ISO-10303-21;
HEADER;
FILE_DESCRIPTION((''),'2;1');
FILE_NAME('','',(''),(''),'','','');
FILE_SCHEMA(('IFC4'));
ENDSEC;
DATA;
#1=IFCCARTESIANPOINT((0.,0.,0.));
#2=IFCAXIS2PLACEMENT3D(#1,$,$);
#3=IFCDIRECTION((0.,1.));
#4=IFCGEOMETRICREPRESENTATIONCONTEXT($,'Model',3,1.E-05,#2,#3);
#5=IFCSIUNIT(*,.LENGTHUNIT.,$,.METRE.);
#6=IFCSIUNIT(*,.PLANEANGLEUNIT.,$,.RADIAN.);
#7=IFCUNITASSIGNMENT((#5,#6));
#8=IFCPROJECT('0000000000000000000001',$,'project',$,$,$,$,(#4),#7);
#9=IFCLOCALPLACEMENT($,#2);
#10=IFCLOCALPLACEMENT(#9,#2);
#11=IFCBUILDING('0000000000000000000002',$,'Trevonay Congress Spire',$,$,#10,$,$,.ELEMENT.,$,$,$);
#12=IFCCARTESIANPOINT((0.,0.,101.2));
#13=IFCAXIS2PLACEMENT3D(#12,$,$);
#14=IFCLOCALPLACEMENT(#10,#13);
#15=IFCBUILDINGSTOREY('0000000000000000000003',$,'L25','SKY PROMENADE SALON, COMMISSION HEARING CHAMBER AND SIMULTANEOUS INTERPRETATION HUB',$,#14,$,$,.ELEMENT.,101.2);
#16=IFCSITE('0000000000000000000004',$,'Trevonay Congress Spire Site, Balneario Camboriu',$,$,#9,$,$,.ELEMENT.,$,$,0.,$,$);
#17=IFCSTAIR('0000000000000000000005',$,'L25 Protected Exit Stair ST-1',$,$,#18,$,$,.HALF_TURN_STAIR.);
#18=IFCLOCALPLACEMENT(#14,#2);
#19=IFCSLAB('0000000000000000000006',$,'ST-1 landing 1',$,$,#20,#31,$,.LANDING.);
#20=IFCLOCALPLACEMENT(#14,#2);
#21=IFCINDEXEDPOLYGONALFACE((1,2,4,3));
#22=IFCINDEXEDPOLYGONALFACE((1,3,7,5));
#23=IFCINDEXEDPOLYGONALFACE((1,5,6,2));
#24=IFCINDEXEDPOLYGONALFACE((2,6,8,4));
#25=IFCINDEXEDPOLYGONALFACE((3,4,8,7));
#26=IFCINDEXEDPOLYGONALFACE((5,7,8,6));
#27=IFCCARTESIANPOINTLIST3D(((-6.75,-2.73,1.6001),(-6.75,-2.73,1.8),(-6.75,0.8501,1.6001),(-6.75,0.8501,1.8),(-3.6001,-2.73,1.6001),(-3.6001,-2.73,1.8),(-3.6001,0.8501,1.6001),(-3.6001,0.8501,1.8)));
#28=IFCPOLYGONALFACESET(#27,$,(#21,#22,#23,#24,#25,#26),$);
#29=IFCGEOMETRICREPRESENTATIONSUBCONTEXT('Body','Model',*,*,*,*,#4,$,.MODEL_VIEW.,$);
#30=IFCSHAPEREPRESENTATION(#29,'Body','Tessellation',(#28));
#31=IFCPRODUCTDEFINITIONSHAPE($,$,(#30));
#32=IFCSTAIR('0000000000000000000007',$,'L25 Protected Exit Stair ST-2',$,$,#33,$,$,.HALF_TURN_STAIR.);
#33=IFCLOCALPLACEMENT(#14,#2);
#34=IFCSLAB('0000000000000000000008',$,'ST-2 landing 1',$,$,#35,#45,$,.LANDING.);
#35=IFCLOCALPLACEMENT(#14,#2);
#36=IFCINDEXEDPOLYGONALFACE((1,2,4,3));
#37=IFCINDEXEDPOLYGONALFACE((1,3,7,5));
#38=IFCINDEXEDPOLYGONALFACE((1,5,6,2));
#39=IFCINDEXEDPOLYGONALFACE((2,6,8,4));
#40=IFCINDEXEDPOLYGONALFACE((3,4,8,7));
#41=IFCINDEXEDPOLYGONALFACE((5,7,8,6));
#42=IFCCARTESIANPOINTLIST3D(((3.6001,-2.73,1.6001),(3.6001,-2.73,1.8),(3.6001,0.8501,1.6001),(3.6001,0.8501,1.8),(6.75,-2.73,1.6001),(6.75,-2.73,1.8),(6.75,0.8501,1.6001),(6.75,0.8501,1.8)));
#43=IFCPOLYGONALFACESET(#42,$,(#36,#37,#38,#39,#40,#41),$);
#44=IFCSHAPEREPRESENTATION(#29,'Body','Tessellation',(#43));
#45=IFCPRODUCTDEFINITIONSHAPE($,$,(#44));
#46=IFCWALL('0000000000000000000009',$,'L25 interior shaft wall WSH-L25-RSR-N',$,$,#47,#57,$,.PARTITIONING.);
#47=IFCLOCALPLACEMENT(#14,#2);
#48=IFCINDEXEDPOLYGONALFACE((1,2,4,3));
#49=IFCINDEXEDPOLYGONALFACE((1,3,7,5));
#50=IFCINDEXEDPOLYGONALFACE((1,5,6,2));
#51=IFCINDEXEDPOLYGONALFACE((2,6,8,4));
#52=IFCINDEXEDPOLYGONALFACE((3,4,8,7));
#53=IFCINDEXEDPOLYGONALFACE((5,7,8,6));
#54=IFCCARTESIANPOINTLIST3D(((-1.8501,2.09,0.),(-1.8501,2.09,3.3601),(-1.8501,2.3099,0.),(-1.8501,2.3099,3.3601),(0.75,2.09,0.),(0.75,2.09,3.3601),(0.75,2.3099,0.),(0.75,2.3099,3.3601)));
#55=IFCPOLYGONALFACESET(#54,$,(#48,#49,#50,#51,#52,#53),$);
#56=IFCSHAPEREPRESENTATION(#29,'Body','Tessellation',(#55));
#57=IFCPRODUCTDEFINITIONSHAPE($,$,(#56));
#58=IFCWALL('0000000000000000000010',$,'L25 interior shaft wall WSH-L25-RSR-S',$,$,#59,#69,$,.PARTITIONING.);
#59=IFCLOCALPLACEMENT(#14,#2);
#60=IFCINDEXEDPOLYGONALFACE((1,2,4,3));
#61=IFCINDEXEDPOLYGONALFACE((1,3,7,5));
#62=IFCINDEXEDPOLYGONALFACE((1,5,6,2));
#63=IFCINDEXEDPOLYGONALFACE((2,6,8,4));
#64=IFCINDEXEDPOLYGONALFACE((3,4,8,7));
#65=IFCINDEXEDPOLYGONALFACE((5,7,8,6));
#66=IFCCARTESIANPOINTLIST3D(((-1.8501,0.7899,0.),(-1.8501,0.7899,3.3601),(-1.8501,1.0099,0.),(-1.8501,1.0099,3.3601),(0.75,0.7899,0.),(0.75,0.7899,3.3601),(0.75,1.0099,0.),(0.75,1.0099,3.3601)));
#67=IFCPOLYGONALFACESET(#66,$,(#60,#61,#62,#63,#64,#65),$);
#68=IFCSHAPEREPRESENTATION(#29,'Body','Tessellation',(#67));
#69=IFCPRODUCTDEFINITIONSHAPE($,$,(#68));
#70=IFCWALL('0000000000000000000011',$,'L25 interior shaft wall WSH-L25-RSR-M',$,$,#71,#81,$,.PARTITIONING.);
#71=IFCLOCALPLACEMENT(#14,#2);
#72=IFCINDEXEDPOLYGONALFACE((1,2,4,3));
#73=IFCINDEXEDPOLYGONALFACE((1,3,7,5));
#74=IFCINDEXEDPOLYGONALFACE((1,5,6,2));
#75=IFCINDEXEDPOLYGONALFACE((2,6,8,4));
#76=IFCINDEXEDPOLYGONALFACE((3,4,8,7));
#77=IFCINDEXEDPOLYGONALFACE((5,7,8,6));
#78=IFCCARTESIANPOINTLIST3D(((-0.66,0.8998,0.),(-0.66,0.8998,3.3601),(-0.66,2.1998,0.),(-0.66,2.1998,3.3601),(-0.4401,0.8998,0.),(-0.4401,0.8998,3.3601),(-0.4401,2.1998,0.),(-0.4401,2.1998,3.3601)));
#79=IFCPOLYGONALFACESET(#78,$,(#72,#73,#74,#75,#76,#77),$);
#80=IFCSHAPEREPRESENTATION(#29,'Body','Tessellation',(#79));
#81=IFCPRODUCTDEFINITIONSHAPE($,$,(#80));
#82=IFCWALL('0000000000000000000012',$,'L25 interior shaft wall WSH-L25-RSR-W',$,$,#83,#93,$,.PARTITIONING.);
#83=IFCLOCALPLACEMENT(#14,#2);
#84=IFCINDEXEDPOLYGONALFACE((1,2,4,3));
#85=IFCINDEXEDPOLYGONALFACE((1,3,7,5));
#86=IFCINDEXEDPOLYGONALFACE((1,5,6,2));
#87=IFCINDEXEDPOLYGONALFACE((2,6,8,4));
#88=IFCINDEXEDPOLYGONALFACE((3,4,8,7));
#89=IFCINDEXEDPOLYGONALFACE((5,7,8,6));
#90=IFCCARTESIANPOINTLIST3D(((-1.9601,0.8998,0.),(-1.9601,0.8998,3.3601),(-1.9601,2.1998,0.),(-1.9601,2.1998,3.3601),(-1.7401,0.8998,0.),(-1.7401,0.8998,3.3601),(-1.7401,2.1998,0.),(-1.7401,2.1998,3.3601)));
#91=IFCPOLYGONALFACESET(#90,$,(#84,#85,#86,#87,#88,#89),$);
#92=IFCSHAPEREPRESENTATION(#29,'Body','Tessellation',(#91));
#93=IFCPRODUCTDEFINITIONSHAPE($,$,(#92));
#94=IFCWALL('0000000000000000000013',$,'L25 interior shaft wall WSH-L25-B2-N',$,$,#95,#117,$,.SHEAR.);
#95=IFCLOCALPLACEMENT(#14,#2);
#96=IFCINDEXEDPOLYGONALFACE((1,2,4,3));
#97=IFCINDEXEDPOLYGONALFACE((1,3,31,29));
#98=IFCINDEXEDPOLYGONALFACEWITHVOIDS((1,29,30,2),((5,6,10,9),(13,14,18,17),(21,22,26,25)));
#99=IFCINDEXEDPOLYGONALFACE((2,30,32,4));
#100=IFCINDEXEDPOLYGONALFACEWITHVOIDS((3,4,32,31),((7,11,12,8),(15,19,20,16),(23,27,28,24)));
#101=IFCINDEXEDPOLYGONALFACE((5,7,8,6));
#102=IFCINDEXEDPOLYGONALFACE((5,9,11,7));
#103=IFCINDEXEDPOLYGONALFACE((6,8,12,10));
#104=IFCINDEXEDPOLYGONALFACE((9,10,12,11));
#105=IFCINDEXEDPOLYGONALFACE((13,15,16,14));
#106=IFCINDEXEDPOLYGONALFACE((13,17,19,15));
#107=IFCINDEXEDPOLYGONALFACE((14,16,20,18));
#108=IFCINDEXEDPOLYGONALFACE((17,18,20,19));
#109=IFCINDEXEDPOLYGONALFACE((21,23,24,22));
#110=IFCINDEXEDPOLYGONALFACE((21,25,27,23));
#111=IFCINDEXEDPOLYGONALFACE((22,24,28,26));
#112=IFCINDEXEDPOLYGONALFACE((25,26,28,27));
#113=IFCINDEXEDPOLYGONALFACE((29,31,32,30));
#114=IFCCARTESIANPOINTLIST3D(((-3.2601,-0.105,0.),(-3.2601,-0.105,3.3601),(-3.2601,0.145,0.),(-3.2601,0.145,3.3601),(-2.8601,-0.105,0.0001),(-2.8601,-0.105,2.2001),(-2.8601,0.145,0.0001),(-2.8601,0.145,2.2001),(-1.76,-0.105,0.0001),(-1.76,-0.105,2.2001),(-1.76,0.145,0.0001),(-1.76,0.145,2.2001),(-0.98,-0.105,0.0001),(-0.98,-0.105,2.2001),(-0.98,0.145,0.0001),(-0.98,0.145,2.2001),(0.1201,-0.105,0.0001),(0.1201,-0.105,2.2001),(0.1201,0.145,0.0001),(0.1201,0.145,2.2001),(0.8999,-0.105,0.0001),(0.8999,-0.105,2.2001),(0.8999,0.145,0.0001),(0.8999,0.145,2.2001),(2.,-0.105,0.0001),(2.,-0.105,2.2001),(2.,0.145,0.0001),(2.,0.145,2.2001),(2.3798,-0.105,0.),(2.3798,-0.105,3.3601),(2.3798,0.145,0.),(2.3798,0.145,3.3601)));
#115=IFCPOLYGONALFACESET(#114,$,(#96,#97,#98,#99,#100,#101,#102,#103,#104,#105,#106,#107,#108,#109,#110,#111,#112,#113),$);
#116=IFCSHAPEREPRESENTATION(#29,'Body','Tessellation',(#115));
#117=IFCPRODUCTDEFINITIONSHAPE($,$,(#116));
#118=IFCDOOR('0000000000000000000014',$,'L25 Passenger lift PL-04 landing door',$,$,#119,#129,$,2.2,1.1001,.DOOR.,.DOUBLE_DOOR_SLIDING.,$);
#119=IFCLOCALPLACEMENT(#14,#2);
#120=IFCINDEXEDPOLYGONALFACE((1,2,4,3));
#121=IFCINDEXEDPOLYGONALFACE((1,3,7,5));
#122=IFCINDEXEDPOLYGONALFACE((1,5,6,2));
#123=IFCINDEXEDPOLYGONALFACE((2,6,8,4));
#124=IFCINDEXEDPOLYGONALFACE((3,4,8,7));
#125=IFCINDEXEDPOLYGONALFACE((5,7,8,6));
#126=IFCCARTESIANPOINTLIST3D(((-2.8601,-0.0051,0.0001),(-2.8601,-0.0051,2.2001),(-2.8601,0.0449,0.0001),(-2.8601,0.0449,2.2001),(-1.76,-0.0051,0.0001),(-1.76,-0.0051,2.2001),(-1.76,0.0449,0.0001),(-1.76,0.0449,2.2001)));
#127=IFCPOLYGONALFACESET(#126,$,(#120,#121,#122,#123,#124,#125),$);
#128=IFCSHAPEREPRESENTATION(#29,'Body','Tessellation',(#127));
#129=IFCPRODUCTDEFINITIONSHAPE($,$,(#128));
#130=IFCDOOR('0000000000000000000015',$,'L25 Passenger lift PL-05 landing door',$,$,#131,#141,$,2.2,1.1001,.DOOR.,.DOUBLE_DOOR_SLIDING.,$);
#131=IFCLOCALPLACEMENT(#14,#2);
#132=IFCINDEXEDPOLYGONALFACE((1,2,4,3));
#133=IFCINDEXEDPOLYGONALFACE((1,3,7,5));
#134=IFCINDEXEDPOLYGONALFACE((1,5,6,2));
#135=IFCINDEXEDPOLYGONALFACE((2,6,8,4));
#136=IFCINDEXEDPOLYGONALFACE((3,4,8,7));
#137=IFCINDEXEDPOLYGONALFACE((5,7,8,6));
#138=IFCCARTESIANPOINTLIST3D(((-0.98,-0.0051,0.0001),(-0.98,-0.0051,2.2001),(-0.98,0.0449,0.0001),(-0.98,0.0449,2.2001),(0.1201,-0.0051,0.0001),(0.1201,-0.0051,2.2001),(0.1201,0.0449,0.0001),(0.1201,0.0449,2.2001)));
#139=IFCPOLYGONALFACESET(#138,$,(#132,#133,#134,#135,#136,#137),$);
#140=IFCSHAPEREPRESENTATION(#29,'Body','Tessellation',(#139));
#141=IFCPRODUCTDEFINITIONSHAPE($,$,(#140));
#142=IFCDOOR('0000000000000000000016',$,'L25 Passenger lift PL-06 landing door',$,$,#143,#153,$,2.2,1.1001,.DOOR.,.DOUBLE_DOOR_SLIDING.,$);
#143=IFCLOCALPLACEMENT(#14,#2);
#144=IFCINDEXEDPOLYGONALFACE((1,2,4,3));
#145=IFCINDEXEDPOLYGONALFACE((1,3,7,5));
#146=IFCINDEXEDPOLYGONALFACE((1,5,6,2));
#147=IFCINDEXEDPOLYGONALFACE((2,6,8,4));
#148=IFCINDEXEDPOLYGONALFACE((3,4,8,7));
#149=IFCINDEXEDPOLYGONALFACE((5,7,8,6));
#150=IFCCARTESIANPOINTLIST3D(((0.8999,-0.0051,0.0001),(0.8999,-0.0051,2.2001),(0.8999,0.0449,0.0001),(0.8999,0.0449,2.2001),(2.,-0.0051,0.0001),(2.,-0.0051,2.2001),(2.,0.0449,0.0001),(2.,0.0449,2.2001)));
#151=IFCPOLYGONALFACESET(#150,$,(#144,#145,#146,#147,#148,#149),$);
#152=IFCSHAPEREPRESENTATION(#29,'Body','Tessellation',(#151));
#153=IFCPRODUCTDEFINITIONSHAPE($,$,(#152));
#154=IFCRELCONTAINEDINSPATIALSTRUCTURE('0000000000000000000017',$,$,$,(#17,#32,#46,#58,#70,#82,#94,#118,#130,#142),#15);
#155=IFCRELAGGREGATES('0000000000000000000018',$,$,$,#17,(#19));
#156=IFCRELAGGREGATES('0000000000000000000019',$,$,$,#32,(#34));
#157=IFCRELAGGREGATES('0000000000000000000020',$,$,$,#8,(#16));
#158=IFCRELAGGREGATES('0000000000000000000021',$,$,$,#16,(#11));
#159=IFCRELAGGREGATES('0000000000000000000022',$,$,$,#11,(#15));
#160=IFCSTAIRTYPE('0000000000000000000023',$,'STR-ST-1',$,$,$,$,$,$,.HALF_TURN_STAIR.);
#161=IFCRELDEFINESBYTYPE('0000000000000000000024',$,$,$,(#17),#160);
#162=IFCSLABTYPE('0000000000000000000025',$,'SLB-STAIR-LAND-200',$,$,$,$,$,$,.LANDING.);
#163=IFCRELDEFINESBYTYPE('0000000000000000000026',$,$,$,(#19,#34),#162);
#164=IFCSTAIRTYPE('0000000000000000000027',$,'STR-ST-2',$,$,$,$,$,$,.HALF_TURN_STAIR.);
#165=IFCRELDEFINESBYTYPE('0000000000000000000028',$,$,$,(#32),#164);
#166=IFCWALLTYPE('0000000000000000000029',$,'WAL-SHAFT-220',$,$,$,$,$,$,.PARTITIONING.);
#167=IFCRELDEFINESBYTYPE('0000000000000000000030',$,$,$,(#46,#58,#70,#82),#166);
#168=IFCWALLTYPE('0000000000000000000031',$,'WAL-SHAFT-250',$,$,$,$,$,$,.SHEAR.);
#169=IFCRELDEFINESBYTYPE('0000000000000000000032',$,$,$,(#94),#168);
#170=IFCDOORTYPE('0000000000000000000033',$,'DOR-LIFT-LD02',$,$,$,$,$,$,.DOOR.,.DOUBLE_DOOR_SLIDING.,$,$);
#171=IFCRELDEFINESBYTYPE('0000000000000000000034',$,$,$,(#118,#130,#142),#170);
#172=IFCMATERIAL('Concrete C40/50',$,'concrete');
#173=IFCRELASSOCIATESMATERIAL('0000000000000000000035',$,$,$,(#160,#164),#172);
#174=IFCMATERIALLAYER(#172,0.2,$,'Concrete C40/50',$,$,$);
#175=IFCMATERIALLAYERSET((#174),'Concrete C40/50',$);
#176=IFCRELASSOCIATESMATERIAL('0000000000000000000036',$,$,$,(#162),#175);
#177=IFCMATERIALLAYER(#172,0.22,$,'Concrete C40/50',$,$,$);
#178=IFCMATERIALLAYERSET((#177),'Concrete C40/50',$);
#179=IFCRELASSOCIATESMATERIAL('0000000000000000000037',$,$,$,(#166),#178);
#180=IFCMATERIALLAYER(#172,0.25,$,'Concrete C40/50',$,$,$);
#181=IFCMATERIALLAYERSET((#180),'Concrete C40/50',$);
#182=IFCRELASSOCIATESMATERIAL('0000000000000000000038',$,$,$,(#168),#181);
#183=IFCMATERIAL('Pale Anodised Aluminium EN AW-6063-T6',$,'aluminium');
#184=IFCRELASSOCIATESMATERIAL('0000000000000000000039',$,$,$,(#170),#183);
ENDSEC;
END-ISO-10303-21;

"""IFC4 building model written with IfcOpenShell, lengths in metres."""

from ifc_helpers import new_model, si_unit, direction, frame, frame_2d, origin, place, context, subcontext, project, spatial, polyline, rectangle, outline, extrude, material, layer, layer_set, type_object, element, fill, aggregate, save


model = new_model("IFC4")

# Units and contexts
model_context = context("Model", 3, precision=1e-05, world=origin(), true_north=direction((0.0, 1.0)))
body_context = subcontext(model_context, "Body", "Model", "MODEL_VIEW")
ifc_project = project(units=[si_unit("LENGTHUNIT", "METRE"), si_unit("PLANEANGLEUNIT", "RADIAN")], contexts=[model_context])

# Site, building, storey
site_placement = place(None, origin())
site = spatial("IfcSite", under=ifc_project, at=site_placement, Name="Trevonay Congress Spire Site, Balneario Camboriu", CompositionType="ELEMENT", RefElevation=0.0)
building_placement = place(site_placement, origin())
building = spatial("IfcBuilding", under=site, at=building_placement, Name="Trevonay Congress Spire", CompositionType="ELEMENT")
storey_placement = place(building_placement, frame((0.0, 0.0, 101.2)))
storey = spatial("IfcBuildingStorey", under=building, at=storey_placement, Name="L25", Description="SKY PROMENADE SALON, COMMISSION HEARING CHAMBER AND SIMULTANEOUS INTERPRETATION HUB", CompositionType="ELEMENT", Elevation=101.2)

# Stairs, slabs
ifc_material_1 = material(Name="Concrete C40/50", Category="concrete")
stair_type_1 = type_object("IfcStairType", Name="STR-ST-1", PredefinedType="HALF_TURN_STAIR", material=ifc_material_1)
stair_1_placement = place(storey_placement, origin())
stair_1 = element("IfcStair", 1, at=stair_1_placement, inside=storey, type_object=stair_type_1, Name="L25 Protected Exit Stair ST-1", PredefinedType="HALF_TURN_STAIR")
ifc_layer_1 = layer(ifc_material_1, 0.2, Name="Concrete C40/50")
ifc_layer_set_1 = layer_set([ifc_layer_1], Name="Concrete C40/50")
slab_type = type_object("IfcSlabType", Name="SLB-STAIR-LAND-200", PredefinedType="LANDING", material=ifc_layer_set_1)
slab_1_placement = place(storey_placement, frame((0.0, 0.0, 1.6001)))
slab_1 = element("IfcSlab", 2, at=slab_1_placement, type_object=slab_type, Name="ST-1 landing 1", PredefinedType="LANDING", context=body_context, shape_type="SweptSolid", body=[
    extrude(outline(polyline([(-3.6001, -2.73), (-3.6001, 0.8501), (-6.75, 0.8501), (-6.75, -2.73), (-3.6001, -2.73)])), origin(), (0.0, 0.0, 1.0), 0.2),
])
aggregate(stair_1, [slab_1])
stair_type_2 = type_object("IfcStairType", Name="STR-ST-2", PredefinedType="HALF_TURN_STAIR", material=ifc_material_1)
stair_2_placement = place(storey_placement, origin())
stair_2 = element("IfcStair", 3, at=stair_2_placement, inside=storey, type_object=stair_type_2, Name="L25 Protected Exit Stair ST-2", PredefinedType="HALF_TURN_STAIR")
slab_2_placement = place(storey_placement, frame((0.0, 0.0, 1.6001)))
slab_2 = element("IfcSlab", 4, at=slab_2_placement, type_object=slab_type, Name="ST-2 landing 1", PredefinedType="LANDING", context=body_context, shape_type="SweptSolid", body=[
    extrude(outline(polyline([(6.75, -2.73), (6.75, 0.8501), (3.6001, 0.8501), (3.6001, -2.73), (6.75, -2.73)])), origin(), (0.0, 0.0, 1.0), 0.2),
])
aggregate(stair_2, [slab_2])

# Walls
ifc_layer_2 = layer(ifc_material_1, 0.22, Name="Concrete C40/50")
ifc_layer_set_2 = layer_set([ifc_layer_2], Name="Concrete C40/50")
wall_type_1 = type_object("IfcWallType", Name="WAL-SHAFT-220", PredefinedType="PARTITIONING", material=ifc_layer_set_2)
for number, where, z_axis, x_axis, name in (
    (5, (-1.8501, 2.2, 0.0), (0.0, 0.0, 1.0), (1.0, 0.0, 0.0), "L25 interior shaft wall WSH-L25-RSR-N"),
    (6, (-1.8501, 0.8999, 0.0), (0.0, 0.0, 1.0), (1.0, 0.0, 0.0), "L25 interior shaft wall WSH-L25-RSR-S"),
):
    element("IfcWall", number, at=place(storey_placement, frame(where, z_axis=z_axis, x_axis=x_axis)), inside=storey, type_object=wall_type_1, Name=name, PredefinedType="PARTITIONING", context=body_context, shape_type="SweptSolid", body=[
        extrude(rectangle(XDim=2.6001, YDim=0.22, at=frame_2d((1.3, 0.0))), origin(), (0.0, 0.0, 1.0), 3.3601),
    ])
for number, where, z_axis, x_axis, name in (
    (7, (-0.55, 0.8999, 0.0), (0.0, 0.0, 1.0), (0.0, 1.0, 0.0), "L25 interior shaft wall WSH-L25-RSR-M"),
    (8, (-1.8501, 0.8999, 0.0), (0.0, 0.0, 1.0), (0.0, 1.0, 0.0), "L25 interior shaft wall WSH-L25-RSR-W"),
):
    element("IfcWall", number, at=place(storey_placement, frame(where, z_axis=z_axis, x_axis=x_axis)), inside=storey, type_object=wall_type_1, Name=name, PredefinedType="PARTITIONING", context=body_context, shape_type="SweptSolid", body=[
        extrude(rectangle(XDim=1.3, YDim=0.22, at=frame_2d((0.6499, 0.0))), origin(), (0.0, 0.0, 1.0), 3.3601),
    ])

# Wall, openings, doors
ifc_layer_3 = layer(ifc_material_1, 0.25, Name="Concrete C40/50")
ifc_layer_set_3 = layer_set([ifc_layer_3], Name="Concrete C40/50")
wall_type_2 = type_object("IfcWallType", Name="WAL-SHAFT-250", PredefinedType="SHEAR", material=ifc_layer_set_3)
wall_1_placement = place(storey_placement, frame((-3.26, 0.02, 0.0), z_axis=(0.0, 0.0, 1.0), x_axis=(1.0, 0.0, 0.0)))
wall_1 = element("IfcWall", 9, at=wall_1_placement, inside=storey, type_object=wall_type_2, Name="L25 interior shaft wall WSH-L25-B2-N", PredefinedType="SHEAR", context=body_context, shape_type="SweptSolid", body=[
    extrude(rectangle(XDim=5.6399, YDim=0.25, at=frame_2d((2.8198, 0.0))), origin(), (0.0, 0.0, 1.0), 3.3601),
])
opening_1_placement = place(wall_1_placement, frame((0.3999, 0.0, 0.0)))
opening_1 = element("IfcOpeningElement", 10, at=opening_1_placement, cuts=wall_1, PredefinedType="OPENING", context=body_context, shape_type="SweptSolid", body=[
    extrude(rectangle(XDim=1.1001, YDim=2.2, at=frame_2d((0.55, 1.1001))), frame((0.0, 0.135, 0.0), z_axis=(0.0, -1.0, 0.0), x_axis=(1.0, 0.0, 0.0)), (0.0, 0.0, 1.0), 0.27),
])
opening_2_placement = place(wall_1_placement, frame((2.28, 0.0, 0.0)))
opening_2 = element("IfcOpeningElement", 11, at=opening_2_placement, cuts=wall_1, PredefinedType="OPENING", context=body_context, shape_type="SweptSolid", body=[
    extrude(rectangle(XDim=1.1001, YDim=2.2, at=frame_2d((0.55, 1.1001))), frame((0.0, 0.135, 0.0), z_axis=(0.0, -1.0, 0.0), x_axis=(1.0, 0.0, 0.0)), (0.0, 0.0, 1.0), 0.27),
])
opening_3_placement = place(wall_1_placement, frame((4.1599, 0.0, 0.0)))
opening_3 = element("IfcOpeningElement", 12, at=opening_3_placement, cuts=wall_1, PredefinedType="OPENING", context=body_context, shape_type="SweptSolid", body=[
    extrude(rectangle(XDim=1.1001, YDim=2.2, at=frame_2d((0.55, 1.1001))), frame((0.0, 0.135, 0.0), z_axis=(0.0, -1.0, 0.0), x_axis=(1.0, 0.0, 0.0)), (0.0, 0.0, 1.0), 0.27),
])
ifc_material_2 = material(Name="Pale Anodised Aluminium EN AW-6063-T6", Category="aluminium")
door_type_1 = type_object("IfcDoorType", Name="DOR-LIFT-LD02", OperationType="DOUBLE_DOOR_SLIDING", PredefinedType="DOOR", material=ifc_material_2)
door_1_placement = place(opening_1_placement, origin())
door_1 = element("IfcDoor", 13, at=door_1_placement, inside=storey, type_object=door_type_1, Name="L25 Passenger lift PL-04 landing door", OperationType="DOUBLE_DOOR_SLIDING", OverallHeight=2.2, OverallWidth=1.1001, PredefinedType="DOOR", context=body_context, shape_type="SweptSolid", body=[
    extrude(rectangle(XDim=1.1001, YDim=2.2, at=frame_2d((0.55, 1.1001))), frame((0.0, 0.0249, 0.0), z_axis=(0.0, -1.0, 0.0), x_axis=(1.0, 0.0, 0.0)), (0.0, 0.0, 1.0), 0.05),
])
fill(opening_1, door_1)
door_2_placement = place(opening_2_placement, origin())
door_2 = element("IfcDoor", 14, at=door_2_placement, inside=storey, type_object=door_type_1, Name="L25 Passenger lift PL-05 landing door", OperationType="DOUBLE_DOOR_SLIDING", OverallHeight=2.2, OverallWidth=1.1001, PredefinedType="DOOR", context=body_context, shape_type="SweptSolid", body=[
    extrude(rectangle(XDim=1.1001, YDim=2.2, at=frame_2d((0.55, 1.1001))), frame((0.0, 0.0249, 0.0), z_axis=(0.0, -1.0, 0.0), x_axis=(1.0, 0.0, 0.0)), (0.0, 0.0, 1.0), 0.05),
])
fill(opening_2, door_2)
door_3_placement = place(opening_3_placement, origin())
door_3 = element("IfcDoor", 15, at=door_3_placement, inside=storey, type_object=door_type_1, Name="L25 Passenger lift PL-06 landing door", OperationType="DOUBLE_DOOR_SLIDING", OverallHeight=2.2, OverallWidth=1.1001, PredefinedType="DOOR", context=body_context, shape_type="SweptSolid", body=[
    extrude(rectangle(XDim=1.1001, YDim=2.2, at=frame_2d((0.55, 1.1001))), frame((0.0, 0.0249, 0.0), z_axis=(0.0, -1.0, 0.0), x_axis=(1.0, 0.0, 0.0)), (0.0, 0.0, 1.0), 0.05),
])
fill(opening_3, door_3)

save(model, "model.ifc")
